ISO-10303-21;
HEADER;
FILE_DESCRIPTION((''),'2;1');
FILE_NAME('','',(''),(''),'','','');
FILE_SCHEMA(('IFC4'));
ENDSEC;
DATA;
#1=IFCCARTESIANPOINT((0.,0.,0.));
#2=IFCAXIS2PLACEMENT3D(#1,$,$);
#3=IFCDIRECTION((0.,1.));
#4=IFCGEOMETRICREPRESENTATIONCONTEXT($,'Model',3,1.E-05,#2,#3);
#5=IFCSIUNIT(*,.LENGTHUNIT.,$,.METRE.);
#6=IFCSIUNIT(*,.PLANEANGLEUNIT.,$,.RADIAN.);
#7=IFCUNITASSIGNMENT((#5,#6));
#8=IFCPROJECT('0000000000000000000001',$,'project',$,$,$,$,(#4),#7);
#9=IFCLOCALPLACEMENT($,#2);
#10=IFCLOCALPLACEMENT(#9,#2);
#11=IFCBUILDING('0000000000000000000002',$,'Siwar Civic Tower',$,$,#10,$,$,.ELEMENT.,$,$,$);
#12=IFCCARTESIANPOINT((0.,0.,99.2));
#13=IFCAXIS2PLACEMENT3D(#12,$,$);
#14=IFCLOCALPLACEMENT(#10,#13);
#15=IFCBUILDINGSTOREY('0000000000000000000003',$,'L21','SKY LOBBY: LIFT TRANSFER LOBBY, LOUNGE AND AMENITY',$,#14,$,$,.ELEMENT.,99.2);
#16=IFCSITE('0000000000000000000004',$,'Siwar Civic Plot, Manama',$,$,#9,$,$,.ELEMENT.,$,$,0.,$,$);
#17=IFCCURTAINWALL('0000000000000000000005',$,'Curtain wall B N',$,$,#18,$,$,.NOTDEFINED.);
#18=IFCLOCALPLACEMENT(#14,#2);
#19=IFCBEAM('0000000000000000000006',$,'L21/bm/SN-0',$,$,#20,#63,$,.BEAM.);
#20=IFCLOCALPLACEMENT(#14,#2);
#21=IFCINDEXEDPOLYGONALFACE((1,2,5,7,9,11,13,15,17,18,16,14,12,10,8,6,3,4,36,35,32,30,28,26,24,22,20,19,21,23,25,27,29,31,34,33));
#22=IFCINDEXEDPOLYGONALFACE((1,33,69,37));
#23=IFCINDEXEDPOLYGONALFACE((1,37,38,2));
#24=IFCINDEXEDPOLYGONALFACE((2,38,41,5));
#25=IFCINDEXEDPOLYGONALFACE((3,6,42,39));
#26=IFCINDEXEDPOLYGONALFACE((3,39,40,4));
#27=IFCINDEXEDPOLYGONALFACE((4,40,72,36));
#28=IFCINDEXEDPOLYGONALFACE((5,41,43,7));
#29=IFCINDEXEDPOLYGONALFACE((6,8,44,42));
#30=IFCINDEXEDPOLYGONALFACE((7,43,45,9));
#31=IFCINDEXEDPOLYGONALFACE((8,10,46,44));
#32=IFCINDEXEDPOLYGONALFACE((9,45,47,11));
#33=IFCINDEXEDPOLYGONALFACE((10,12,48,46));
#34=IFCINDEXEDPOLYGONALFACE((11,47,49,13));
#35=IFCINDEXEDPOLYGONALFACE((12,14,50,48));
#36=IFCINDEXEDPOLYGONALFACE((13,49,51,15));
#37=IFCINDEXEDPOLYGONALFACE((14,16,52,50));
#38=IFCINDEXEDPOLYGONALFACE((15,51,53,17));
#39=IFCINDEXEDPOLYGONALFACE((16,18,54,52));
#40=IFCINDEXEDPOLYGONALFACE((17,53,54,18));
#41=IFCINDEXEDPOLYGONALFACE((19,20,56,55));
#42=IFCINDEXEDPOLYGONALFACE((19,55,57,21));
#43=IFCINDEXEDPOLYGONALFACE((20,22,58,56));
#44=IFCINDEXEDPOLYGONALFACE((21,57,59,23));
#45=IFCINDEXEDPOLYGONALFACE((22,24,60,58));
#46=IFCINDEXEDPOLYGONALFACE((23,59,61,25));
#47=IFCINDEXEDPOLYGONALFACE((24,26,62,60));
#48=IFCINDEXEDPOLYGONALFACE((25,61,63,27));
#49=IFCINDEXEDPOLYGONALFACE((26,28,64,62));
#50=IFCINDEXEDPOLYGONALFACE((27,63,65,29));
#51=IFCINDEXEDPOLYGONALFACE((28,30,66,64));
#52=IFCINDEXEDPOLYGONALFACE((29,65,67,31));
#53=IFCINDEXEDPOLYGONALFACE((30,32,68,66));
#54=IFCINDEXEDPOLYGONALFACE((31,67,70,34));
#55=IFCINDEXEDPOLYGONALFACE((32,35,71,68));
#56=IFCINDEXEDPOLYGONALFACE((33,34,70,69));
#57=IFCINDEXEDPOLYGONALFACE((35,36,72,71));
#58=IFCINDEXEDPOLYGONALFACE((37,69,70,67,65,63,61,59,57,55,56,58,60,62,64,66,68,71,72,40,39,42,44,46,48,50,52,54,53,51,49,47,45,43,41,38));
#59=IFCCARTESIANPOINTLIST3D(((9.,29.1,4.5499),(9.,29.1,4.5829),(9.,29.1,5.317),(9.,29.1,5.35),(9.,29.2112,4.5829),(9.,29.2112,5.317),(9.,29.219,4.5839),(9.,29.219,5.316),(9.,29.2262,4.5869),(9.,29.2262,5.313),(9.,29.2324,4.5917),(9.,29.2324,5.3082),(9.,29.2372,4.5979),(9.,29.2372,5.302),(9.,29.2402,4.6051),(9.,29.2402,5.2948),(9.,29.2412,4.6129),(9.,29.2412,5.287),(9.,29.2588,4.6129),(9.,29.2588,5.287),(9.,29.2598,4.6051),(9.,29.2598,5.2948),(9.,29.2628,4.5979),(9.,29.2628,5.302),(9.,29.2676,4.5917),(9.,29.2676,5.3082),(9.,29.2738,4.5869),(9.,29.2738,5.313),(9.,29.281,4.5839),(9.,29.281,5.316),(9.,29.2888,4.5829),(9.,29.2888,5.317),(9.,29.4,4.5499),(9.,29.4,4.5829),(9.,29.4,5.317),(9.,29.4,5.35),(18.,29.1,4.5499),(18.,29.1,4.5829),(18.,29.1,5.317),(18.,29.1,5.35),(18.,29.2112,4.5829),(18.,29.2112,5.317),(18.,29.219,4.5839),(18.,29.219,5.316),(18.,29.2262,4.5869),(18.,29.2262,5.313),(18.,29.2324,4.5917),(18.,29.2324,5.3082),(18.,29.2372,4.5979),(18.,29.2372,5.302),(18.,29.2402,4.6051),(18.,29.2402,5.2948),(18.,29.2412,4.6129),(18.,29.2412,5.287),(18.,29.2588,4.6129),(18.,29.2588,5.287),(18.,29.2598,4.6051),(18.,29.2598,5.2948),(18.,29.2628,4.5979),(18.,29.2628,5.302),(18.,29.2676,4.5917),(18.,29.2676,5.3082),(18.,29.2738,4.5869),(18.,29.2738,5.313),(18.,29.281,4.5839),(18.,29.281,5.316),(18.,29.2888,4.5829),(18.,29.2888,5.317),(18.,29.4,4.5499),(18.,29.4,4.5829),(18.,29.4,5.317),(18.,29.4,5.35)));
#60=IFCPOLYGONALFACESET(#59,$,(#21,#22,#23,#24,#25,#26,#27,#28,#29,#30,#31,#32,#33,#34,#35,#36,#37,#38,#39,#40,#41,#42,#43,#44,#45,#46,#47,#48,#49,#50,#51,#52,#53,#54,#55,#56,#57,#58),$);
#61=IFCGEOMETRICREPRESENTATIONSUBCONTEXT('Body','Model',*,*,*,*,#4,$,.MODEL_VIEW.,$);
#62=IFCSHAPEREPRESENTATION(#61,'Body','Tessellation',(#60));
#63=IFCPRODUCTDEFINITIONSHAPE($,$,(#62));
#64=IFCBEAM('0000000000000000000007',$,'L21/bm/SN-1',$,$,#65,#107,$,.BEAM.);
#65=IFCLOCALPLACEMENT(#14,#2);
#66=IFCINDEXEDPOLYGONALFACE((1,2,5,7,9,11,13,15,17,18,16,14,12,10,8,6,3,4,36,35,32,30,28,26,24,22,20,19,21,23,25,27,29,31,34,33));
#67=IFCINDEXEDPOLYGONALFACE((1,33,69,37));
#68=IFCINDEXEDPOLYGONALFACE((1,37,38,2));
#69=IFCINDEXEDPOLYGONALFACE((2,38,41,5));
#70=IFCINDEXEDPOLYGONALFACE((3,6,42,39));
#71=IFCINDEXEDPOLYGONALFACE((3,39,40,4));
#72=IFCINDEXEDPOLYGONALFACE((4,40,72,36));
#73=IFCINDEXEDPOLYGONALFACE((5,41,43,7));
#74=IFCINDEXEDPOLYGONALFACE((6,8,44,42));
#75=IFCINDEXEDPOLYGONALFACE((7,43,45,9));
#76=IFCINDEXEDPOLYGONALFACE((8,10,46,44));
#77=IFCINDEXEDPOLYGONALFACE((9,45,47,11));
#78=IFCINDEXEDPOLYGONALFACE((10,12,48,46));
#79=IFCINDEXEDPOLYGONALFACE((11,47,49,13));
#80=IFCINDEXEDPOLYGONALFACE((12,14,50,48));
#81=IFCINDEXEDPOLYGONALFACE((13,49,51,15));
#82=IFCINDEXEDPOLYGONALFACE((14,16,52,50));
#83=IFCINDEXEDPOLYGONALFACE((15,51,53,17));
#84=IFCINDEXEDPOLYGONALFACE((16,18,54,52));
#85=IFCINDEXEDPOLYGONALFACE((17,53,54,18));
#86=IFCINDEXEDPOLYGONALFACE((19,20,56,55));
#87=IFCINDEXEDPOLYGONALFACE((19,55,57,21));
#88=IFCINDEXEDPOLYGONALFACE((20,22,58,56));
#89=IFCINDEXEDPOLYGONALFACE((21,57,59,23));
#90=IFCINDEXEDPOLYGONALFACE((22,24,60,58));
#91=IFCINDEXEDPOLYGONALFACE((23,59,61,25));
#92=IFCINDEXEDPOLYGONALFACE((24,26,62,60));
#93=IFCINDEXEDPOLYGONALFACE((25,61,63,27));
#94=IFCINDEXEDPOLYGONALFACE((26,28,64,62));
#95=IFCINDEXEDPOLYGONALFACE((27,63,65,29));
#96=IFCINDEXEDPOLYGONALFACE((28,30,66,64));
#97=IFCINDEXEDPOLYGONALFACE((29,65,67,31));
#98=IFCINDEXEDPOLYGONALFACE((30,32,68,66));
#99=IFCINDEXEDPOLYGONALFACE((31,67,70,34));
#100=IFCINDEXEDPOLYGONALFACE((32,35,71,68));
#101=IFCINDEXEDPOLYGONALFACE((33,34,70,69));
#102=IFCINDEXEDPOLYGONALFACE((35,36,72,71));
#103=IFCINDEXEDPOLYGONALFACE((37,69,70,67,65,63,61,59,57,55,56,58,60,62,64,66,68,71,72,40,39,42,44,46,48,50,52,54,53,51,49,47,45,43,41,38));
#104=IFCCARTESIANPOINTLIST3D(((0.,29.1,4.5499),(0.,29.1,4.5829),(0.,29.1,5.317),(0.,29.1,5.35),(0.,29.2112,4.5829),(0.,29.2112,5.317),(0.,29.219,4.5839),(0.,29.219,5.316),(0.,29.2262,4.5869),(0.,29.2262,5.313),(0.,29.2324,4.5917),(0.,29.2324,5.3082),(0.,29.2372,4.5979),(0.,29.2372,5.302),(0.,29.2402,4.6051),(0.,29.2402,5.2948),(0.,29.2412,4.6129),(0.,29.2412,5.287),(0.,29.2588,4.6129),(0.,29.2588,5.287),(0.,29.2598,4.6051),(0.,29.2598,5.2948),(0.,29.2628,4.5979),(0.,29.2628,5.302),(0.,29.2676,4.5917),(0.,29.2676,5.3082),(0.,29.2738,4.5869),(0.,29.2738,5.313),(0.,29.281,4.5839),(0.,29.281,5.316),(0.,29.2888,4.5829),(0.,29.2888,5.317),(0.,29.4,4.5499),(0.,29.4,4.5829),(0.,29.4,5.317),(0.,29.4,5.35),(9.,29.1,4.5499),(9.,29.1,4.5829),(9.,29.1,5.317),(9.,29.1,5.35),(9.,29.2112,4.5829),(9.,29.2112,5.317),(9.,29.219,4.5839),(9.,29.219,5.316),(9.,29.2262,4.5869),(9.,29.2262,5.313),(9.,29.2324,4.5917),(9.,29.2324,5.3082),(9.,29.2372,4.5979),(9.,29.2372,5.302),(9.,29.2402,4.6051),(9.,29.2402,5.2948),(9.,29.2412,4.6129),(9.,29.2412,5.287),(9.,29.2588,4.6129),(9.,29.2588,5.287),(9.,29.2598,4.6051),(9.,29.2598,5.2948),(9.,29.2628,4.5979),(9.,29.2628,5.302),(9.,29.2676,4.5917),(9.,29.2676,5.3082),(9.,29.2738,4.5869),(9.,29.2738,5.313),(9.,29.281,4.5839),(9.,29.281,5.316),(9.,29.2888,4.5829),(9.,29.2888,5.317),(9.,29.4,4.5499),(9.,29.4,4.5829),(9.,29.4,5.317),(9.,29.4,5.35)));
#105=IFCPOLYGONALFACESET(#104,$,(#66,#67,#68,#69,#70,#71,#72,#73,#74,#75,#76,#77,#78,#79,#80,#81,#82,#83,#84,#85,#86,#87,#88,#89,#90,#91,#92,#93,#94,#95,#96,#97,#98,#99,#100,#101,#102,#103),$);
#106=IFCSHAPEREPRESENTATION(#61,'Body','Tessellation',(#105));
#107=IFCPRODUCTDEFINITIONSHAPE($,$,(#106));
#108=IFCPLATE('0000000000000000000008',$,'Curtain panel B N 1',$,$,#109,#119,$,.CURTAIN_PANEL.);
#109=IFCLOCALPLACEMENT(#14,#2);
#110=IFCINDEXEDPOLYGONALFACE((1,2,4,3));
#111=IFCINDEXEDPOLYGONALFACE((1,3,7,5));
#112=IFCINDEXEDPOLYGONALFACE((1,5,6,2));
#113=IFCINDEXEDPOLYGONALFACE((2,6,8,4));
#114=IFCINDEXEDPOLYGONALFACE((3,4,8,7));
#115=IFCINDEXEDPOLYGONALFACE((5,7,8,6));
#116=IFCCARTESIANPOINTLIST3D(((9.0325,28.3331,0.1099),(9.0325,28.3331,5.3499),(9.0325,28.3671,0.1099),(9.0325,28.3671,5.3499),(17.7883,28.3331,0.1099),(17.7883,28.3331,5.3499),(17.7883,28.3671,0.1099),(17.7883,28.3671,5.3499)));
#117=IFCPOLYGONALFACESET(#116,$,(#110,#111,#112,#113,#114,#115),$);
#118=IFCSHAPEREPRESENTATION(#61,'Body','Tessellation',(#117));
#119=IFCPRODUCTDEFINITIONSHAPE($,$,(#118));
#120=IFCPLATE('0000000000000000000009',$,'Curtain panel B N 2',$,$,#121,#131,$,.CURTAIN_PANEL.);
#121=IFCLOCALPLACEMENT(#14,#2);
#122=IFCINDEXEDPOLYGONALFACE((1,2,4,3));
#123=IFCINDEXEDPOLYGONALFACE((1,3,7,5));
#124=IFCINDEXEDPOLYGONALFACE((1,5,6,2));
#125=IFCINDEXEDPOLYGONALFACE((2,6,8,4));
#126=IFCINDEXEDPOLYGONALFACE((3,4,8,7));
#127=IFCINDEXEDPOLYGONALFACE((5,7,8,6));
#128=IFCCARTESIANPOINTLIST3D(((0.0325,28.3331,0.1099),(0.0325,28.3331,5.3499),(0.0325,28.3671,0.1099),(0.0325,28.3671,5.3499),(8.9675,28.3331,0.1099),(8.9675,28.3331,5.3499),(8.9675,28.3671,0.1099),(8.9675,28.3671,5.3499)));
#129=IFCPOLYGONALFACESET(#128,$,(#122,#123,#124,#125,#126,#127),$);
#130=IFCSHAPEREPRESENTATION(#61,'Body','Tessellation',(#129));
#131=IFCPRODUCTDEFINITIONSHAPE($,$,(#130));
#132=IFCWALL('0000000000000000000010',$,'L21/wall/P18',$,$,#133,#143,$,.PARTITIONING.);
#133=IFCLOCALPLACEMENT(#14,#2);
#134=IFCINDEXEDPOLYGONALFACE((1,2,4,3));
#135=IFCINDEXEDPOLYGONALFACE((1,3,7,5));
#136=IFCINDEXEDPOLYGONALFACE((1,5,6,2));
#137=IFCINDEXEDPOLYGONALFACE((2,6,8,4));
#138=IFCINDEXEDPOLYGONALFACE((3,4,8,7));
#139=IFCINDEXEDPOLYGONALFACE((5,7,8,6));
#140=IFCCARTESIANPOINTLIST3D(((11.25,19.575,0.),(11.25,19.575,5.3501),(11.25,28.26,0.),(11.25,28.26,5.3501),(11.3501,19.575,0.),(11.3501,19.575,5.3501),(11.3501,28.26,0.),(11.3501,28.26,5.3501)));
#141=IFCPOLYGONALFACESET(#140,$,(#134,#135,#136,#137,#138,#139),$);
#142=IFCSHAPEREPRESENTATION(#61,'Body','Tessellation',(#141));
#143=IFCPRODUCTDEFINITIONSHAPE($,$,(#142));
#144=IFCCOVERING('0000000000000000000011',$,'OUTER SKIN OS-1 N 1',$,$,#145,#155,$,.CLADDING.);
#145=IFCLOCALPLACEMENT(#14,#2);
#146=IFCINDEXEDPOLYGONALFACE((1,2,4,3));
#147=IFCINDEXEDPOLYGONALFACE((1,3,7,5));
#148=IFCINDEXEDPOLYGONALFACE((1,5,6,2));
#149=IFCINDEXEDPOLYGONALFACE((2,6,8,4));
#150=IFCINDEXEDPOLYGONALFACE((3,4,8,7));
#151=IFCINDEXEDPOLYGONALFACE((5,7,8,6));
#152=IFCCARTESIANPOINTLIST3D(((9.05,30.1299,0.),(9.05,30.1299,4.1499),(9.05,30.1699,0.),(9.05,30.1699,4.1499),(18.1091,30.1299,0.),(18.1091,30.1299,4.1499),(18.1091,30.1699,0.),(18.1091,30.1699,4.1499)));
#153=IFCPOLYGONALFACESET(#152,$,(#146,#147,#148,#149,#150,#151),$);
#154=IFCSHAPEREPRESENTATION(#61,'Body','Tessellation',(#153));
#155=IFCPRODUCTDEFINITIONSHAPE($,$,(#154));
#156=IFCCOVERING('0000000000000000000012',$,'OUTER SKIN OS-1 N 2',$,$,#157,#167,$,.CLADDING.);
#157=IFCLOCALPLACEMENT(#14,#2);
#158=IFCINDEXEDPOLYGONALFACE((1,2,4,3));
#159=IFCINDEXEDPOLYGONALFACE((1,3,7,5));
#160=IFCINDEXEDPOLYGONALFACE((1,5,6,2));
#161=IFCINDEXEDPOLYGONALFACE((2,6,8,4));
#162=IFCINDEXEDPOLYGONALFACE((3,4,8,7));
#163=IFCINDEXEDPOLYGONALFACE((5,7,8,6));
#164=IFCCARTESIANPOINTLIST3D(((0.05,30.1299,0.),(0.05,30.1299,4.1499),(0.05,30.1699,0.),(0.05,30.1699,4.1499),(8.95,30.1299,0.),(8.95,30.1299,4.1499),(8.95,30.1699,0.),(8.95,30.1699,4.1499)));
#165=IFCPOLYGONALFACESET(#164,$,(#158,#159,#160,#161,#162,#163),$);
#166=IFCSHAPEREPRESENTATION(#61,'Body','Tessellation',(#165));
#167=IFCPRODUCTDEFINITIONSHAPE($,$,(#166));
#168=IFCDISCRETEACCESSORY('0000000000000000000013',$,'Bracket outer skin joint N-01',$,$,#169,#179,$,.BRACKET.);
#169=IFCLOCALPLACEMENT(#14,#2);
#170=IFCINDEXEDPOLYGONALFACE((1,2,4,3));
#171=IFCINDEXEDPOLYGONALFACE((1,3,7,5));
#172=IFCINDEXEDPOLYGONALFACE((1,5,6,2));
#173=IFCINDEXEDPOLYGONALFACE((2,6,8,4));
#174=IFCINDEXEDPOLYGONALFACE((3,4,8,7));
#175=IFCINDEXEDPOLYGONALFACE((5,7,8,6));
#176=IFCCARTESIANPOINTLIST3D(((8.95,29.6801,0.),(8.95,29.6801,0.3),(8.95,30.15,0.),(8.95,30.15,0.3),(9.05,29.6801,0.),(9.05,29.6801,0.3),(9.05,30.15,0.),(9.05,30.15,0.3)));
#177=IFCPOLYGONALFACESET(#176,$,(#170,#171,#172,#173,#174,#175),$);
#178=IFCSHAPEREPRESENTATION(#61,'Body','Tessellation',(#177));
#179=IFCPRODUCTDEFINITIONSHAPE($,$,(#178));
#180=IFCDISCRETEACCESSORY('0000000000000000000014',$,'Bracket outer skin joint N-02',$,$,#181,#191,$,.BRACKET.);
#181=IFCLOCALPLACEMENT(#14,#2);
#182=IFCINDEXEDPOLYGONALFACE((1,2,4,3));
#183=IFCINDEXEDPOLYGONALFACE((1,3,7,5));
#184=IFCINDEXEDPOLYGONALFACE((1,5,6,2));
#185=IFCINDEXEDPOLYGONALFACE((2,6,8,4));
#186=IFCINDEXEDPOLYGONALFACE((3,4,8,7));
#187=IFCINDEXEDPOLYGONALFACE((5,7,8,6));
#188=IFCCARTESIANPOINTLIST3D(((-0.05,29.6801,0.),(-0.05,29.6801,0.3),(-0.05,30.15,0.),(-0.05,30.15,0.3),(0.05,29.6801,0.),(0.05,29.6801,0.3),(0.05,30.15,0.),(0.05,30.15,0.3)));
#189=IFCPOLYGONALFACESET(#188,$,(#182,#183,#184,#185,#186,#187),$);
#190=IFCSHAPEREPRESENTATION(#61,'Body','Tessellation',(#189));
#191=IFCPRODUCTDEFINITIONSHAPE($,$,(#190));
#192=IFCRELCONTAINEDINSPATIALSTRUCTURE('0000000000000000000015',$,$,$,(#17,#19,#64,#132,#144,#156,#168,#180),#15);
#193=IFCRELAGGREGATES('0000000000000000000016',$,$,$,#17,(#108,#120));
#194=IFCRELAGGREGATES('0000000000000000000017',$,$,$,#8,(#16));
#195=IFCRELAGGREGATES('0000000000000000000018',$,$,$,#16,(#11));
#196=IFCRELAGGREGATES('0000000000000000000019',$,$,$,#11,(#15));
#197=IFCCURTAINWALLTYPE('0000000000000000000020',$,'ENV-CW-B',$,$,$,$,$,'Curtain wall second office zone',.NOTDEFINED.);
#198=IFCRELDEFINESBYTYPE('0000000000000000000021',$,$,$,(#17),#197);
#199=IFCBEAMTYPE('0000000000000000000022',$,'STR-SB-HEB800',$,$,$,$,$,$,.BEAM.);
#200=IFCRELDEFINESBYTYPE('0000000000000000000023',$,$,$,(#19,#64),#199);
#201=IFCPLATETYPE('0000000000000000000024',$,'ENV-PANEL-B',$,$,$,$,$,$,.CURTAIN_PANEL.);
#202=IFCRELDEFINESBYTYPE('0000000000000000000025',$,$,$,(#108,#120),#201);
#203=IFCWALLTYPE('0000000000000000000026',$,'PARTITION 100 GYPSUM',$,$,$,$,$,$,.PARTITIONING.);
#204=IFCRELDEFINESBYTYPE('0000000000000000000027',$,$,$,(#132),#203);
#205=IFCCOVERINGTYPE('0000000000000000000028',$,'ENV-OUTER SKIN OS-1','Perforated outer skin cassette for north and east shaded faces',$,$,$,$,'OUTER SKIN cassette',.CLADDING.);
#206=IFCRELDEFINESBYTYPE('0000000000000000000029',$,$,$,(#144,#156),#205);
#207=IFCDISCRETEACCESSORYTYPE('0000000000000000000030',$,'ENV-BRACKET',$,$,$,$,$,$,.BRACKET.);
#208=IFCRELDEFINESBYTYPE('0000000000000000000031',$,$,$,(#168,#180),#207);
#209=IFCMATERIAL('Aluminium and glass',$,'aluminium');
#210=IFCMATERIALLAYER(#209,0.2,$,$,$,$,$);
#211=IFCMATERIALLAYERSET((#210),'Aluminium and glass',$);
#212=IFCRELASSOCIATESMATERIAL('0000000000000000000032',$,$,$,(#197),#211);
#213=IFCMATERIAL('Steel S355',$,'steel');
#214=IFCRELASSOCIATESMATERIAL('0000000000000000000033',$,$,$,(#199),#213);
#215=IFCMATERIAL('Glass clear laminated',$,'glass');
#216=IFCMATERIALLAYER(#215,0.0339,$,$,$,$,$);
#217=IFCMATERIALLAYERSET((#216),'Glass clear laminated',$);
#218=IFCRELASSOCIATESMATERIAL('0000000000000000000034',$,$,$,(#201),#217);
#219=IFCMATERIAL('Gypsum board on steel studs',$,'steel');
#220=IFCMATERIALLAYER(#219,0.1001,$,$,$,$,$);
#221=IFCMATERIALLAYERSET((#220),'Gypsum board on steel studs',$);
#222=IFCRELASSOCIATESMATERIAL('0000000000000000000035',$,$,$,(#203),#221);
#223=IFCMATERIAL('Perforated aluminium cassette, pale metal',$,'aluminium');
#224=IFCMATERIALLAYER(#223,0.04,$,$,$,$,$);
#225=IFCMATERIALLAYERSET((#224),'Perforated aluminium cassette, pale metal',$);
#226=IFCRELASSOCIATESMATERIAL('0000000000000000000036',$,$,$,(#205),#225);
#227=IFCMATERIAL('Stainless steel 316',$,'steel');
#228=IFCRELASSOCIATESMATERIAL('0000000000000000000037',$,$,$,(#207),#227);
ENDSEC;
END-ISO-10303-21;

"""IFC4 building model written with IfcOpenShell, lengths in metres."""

from ifc_helpers import new_model, si_unit, direction, frame, frame_2d, origin, origin_2d, place, context, subcontext, project, spatial, rectangle, i_section, extrude, material, layer, layer_set, material_profile, profile_set, type_object, element, aggregate, save


model = new_model("IFC4")

# Units and contexts
model_context = context("Model", 3, precision=1e-05, world=origin(), true_north=direction((0.0, 1.0)))
body_context = subcontext(model_context, "Body", "Model", "MODEL_VIEW")
ifc_project = project(units=[si_unit("LENGTHUNIT", "METRE"), si_unit("PLANEANGLEUNIT", "RADIAN")], contexts=[model_context])

# Site, building, storey
site_placement = place(None, origin())
site = spatial("IfcSite", under=ifc_project, at=site_placement, Name="Siwar Civic Plot, Manama", CompositionType="ELEMENT", RefElevation=0.0)
building_placement = place(site_placement, origin())
building = spatial("IfcBuilding", under=site, at=building_placement, Name="Siwar Civic Tower", CompositionType="ELEMENT")
storey_placement = place(building_placement, frame((0.0, 0.0, 99.2)))
storey = spatial("IfcBuildingStorey", under=building, at=storey_placement, Name="L21", Description="SKY LOBBY: LIFT TRANSFER LOBBY, LOUNGE AND AMENITY", CompositionType="ELEMENT", Elevation=99.2)

# Curtain wall
ifc_material_1 = material(Name="Aluminium and glass", Category="aluminium")
ifc_layer_1 = layer(ifc_material_1, 0.2)
ifc_layer_set_1 = layer_set([ifc_layer_1], Name="Aluminium and glass")
curtain_wall_type = type_object("IfcCurtainWallType", Name="ENV-CW-B", ElementType="Curtain wall second office zone", PredefinedType="NOTDEFINED", material=ifc_layer_set_1)
curtain_wall_placement = place(storey_placement, origin())
curtain_wall = element("IfcCurtainWall", 1, at=curtain_wall_placement, inside=storey, type_object=curtain_wall_type, Name="Curtain wall B N", PredefinedType="NOTDEFINED")

# Beams
ifc_material_2 = material(Name="Steel S355", Category="steel")
ifc_material_profile_1 = material_profile(ifc_material_2, i_section(OverallWidth=0.3, OverallDepth=0.8, WebThickness=0.0176, FlangeThickness=0.033, FilletRadius=0.03, at=origin_2d()), Name="HEB800")
ifc_profile_set_1 = profile_set([ifc_material_profile_1], Name="Steel S355")
beam_type_1 = type_object("IfcBeamType", Name="STR-SB-HEB800", PredefinedType="BEAM", material=ifc_profile_set_1)
for number, where, z_axis, x_axis, name in (
    (2, (18.0, 29.25, 4.95), (-1.0, 0.0, 0.0), (0.0, -1.0, 0.0), "L21/bm/SN-0"),
    (3, (9.0, 29.25, 4.95), (-1.0, 0.0, 0.0), (0.0, -1.0, 0.0), "L21/bm/SN-1"),
):
    element("IfcBeam", number, at=place(storey_placement, frame(where, z_axis=z_axis, x_axis=x_axis)), inside=storey, type_object=beam_type_1, Name=name, PredefinedType="BEAM", context=body_context, shape_type="SweptSolid", body=[
        extrude(i_section(OverallWidth=0.3, OverallDepth=0.8, WebThickness=0.0176, FlangeThickness=0.033, FilletRadius=0.03, at=origin_2d()), origin(), (0.0, 0.0, 1.0), 9.0),
    ])

# Plates
ifc_material_3 = material(Name="Glass clear laminated", Category="glass")
ifc_layer_2 = layer(ifc_material_3, 0.0339)
ifc_layer_set_2 = layer_set([ifc_layer_2], Name="Glass clear laminated")
plate_type = type_object("IfcPlateType", Name="ENV-PANEL-B", PredefinedType="CURTAIN_PANEL", material=ifc_layer_set_2)
plate_1_placement = place(storey_placement, frame((13.4104, 28.3501, 0.1099), z_axis=(0.0, 0.0, 1.0), x_axis=(-1.0, 0.0, 0.0)))
plate_1 = element("IfcPlate", 4, at=plate_1_placement, type_object=plate_type, Name="Curtain panel B N 1", PredefinedType="CURTAIN_PANEL", context=body_context, shape_type="SweptSolid", body=[
    extrude(rectangle(XDim=8.7559, YDim=0.0339, at=origin_2d()), origin(), (0.0, 0.0, 1.0), 5.24),
])
plate_2_placement = place(storey_placement, frame((4.5, 28.3501, 0.1099), z_axis=(0.0, 0.0, 1.0), x_axis=(-1.0, 0.0, 0.0)))
plate_2 = element("IfcPlate", 5, at=plate_2_placement, type_object=plate_type, Name="Curtain panel B N 2", PredefinedType="CURTAIN_PANEL", context=body_context, shape_type="SweptSolid", body=[
    extrude(rectangle(XDim=8.9351, YDim=0.0339, at=origin_2d()), origin(), (0.0, 0.0, 1.0), 5.24),
])
aggregate(curtain_wall, [plate_1, plate_2])

# Wall
ifc_material_4 = material(Name="Gypsum board on steel studs", Category="steel")
ifc_layer_3 = layer(ifc_material_4, 0.1001)
ifc_layer_set_3 = layer_set([ifc_layer_3], Name="Gypsum board on steel studs")
wall_type = type_object("IfcWallType", Name="PARTITION 100 GYPSUM", PredefinedType="PARTITIONING", material=ifc_layer_set_3)
wall_placement = place(storey_placement, frame((11.3, 19.575, 0.0), z_axis=(0.0, 0.0, 1.0), x_axis=(0.0, 1.0, 0.0)))
element("IfcWall", 6, at=wall_placement, inside=storey, type_object=wall_type, Name="L21/wall/P18", PredefinedType="PARTITIONING", context=body_context, shape_type="SweptSolid", body=[
    extrude(rectangle(XDim=8.6851, YDim=0.1001, at=frame_2d((4.3425, 0.0))), origin(), (0.0, 0.0, 1.0), 5.3501),
])

# Coverings
ifc_material_5 = material(Name="Perforated aluminium cassette, pale metal", Category="aluminium")
ifc_layer_4 = layer(ifc_material_5, 0.04)
ifc_layer_set_4 = layer_set([ifc_layer_4], Name="Perforated aluminium cassette, pale metal")
covering_type = type_object("IfcCoveringType", Name="ENV-OUTER SKIN OS-1", Description="Perforated outer skin cassette for north and east shaded faces", ElementType="OUTER SKIN cassette", PredefinedType="CLADDING", material=ifc_layer_set_4)
covering_1_placement = place(storey_placement, frame((13.5796, 30.1499, 0.0), z_axis=(0.0, 0.0, 1.0), x_axis=(-1.0, 0.0, 0.0)))
element("IfcCovering", 7, at=covering_1_placement, inside=storey, type_object=covering_type, Name="OUTER SKIN OS-1 N 1", PredefinedType="CLADDING", context=body_context, shape_type="SweptSolid", body=[
    extrude(rectangle(XDim=9.0591, YDim=0.04, at=origin_2d()), origin(), (0.0, 0.0, 1.0), 4.1499),
])
covering_2_placement = place(storey_placement, frame((4.5, 30.1499, 0.0), z_axis=(0.0, 0.0, 1.0), x_axis=(-1.0, 0.0, 0.0)))
element("IfcCovering", 8, at=covering_2_placement, inside=storey, type_object=covering_type, Name="OUTER SKIN OS-1 N 2", PredefinedType="CLADDING", context=body_context, shape_type="SweptSolid", body=[
    extrude(rectangle(XDim=8.8999, YDim=0.04, at=origin_2d()), origin(), (0.0, 0.0, 1.0), 4.1499),
])

# Discrete accessories
ifc_material_6 = material(Name="Stainless steel 316", Category="steel")
discrete_accessory_type = type_object("IfcDiscreteAccessoryType", Name="ENV-BRACKET", PredefinedType="BRACKET", material=ifc_material_6)
for number, where, z_axis, x_axis, name in (
    (9, (9.0, 29.915, 0.0), (0.0, 0.0, 1.0), (0.0, 1.0, 0.0), "Bracket outer skin joint N-01"),
    (10, (0.0, 29.915, 0.0), (0.0, 0.0, 1.0), (0.0, 1.0, 0.0), "Bracket outer skin joint N-02"),
):
    element("IfcDiscreteAccessory", number, at=place(storey_placement, frame(where, z_axis=z_axis, x_axis=x_axis)), inside=storey, type_object=discrete_accessory_type, Name=name, PredefinedType="BRACKET", context=body_context, shape_type="SweptSolid", body=[
        extrude(rectangle(XDim=0.47, YDim=0.1001, at=origin_2d()), origin(), (0.0, 0.0, 1.0), 0.3),
    ])

save(model, "model.ifc")
